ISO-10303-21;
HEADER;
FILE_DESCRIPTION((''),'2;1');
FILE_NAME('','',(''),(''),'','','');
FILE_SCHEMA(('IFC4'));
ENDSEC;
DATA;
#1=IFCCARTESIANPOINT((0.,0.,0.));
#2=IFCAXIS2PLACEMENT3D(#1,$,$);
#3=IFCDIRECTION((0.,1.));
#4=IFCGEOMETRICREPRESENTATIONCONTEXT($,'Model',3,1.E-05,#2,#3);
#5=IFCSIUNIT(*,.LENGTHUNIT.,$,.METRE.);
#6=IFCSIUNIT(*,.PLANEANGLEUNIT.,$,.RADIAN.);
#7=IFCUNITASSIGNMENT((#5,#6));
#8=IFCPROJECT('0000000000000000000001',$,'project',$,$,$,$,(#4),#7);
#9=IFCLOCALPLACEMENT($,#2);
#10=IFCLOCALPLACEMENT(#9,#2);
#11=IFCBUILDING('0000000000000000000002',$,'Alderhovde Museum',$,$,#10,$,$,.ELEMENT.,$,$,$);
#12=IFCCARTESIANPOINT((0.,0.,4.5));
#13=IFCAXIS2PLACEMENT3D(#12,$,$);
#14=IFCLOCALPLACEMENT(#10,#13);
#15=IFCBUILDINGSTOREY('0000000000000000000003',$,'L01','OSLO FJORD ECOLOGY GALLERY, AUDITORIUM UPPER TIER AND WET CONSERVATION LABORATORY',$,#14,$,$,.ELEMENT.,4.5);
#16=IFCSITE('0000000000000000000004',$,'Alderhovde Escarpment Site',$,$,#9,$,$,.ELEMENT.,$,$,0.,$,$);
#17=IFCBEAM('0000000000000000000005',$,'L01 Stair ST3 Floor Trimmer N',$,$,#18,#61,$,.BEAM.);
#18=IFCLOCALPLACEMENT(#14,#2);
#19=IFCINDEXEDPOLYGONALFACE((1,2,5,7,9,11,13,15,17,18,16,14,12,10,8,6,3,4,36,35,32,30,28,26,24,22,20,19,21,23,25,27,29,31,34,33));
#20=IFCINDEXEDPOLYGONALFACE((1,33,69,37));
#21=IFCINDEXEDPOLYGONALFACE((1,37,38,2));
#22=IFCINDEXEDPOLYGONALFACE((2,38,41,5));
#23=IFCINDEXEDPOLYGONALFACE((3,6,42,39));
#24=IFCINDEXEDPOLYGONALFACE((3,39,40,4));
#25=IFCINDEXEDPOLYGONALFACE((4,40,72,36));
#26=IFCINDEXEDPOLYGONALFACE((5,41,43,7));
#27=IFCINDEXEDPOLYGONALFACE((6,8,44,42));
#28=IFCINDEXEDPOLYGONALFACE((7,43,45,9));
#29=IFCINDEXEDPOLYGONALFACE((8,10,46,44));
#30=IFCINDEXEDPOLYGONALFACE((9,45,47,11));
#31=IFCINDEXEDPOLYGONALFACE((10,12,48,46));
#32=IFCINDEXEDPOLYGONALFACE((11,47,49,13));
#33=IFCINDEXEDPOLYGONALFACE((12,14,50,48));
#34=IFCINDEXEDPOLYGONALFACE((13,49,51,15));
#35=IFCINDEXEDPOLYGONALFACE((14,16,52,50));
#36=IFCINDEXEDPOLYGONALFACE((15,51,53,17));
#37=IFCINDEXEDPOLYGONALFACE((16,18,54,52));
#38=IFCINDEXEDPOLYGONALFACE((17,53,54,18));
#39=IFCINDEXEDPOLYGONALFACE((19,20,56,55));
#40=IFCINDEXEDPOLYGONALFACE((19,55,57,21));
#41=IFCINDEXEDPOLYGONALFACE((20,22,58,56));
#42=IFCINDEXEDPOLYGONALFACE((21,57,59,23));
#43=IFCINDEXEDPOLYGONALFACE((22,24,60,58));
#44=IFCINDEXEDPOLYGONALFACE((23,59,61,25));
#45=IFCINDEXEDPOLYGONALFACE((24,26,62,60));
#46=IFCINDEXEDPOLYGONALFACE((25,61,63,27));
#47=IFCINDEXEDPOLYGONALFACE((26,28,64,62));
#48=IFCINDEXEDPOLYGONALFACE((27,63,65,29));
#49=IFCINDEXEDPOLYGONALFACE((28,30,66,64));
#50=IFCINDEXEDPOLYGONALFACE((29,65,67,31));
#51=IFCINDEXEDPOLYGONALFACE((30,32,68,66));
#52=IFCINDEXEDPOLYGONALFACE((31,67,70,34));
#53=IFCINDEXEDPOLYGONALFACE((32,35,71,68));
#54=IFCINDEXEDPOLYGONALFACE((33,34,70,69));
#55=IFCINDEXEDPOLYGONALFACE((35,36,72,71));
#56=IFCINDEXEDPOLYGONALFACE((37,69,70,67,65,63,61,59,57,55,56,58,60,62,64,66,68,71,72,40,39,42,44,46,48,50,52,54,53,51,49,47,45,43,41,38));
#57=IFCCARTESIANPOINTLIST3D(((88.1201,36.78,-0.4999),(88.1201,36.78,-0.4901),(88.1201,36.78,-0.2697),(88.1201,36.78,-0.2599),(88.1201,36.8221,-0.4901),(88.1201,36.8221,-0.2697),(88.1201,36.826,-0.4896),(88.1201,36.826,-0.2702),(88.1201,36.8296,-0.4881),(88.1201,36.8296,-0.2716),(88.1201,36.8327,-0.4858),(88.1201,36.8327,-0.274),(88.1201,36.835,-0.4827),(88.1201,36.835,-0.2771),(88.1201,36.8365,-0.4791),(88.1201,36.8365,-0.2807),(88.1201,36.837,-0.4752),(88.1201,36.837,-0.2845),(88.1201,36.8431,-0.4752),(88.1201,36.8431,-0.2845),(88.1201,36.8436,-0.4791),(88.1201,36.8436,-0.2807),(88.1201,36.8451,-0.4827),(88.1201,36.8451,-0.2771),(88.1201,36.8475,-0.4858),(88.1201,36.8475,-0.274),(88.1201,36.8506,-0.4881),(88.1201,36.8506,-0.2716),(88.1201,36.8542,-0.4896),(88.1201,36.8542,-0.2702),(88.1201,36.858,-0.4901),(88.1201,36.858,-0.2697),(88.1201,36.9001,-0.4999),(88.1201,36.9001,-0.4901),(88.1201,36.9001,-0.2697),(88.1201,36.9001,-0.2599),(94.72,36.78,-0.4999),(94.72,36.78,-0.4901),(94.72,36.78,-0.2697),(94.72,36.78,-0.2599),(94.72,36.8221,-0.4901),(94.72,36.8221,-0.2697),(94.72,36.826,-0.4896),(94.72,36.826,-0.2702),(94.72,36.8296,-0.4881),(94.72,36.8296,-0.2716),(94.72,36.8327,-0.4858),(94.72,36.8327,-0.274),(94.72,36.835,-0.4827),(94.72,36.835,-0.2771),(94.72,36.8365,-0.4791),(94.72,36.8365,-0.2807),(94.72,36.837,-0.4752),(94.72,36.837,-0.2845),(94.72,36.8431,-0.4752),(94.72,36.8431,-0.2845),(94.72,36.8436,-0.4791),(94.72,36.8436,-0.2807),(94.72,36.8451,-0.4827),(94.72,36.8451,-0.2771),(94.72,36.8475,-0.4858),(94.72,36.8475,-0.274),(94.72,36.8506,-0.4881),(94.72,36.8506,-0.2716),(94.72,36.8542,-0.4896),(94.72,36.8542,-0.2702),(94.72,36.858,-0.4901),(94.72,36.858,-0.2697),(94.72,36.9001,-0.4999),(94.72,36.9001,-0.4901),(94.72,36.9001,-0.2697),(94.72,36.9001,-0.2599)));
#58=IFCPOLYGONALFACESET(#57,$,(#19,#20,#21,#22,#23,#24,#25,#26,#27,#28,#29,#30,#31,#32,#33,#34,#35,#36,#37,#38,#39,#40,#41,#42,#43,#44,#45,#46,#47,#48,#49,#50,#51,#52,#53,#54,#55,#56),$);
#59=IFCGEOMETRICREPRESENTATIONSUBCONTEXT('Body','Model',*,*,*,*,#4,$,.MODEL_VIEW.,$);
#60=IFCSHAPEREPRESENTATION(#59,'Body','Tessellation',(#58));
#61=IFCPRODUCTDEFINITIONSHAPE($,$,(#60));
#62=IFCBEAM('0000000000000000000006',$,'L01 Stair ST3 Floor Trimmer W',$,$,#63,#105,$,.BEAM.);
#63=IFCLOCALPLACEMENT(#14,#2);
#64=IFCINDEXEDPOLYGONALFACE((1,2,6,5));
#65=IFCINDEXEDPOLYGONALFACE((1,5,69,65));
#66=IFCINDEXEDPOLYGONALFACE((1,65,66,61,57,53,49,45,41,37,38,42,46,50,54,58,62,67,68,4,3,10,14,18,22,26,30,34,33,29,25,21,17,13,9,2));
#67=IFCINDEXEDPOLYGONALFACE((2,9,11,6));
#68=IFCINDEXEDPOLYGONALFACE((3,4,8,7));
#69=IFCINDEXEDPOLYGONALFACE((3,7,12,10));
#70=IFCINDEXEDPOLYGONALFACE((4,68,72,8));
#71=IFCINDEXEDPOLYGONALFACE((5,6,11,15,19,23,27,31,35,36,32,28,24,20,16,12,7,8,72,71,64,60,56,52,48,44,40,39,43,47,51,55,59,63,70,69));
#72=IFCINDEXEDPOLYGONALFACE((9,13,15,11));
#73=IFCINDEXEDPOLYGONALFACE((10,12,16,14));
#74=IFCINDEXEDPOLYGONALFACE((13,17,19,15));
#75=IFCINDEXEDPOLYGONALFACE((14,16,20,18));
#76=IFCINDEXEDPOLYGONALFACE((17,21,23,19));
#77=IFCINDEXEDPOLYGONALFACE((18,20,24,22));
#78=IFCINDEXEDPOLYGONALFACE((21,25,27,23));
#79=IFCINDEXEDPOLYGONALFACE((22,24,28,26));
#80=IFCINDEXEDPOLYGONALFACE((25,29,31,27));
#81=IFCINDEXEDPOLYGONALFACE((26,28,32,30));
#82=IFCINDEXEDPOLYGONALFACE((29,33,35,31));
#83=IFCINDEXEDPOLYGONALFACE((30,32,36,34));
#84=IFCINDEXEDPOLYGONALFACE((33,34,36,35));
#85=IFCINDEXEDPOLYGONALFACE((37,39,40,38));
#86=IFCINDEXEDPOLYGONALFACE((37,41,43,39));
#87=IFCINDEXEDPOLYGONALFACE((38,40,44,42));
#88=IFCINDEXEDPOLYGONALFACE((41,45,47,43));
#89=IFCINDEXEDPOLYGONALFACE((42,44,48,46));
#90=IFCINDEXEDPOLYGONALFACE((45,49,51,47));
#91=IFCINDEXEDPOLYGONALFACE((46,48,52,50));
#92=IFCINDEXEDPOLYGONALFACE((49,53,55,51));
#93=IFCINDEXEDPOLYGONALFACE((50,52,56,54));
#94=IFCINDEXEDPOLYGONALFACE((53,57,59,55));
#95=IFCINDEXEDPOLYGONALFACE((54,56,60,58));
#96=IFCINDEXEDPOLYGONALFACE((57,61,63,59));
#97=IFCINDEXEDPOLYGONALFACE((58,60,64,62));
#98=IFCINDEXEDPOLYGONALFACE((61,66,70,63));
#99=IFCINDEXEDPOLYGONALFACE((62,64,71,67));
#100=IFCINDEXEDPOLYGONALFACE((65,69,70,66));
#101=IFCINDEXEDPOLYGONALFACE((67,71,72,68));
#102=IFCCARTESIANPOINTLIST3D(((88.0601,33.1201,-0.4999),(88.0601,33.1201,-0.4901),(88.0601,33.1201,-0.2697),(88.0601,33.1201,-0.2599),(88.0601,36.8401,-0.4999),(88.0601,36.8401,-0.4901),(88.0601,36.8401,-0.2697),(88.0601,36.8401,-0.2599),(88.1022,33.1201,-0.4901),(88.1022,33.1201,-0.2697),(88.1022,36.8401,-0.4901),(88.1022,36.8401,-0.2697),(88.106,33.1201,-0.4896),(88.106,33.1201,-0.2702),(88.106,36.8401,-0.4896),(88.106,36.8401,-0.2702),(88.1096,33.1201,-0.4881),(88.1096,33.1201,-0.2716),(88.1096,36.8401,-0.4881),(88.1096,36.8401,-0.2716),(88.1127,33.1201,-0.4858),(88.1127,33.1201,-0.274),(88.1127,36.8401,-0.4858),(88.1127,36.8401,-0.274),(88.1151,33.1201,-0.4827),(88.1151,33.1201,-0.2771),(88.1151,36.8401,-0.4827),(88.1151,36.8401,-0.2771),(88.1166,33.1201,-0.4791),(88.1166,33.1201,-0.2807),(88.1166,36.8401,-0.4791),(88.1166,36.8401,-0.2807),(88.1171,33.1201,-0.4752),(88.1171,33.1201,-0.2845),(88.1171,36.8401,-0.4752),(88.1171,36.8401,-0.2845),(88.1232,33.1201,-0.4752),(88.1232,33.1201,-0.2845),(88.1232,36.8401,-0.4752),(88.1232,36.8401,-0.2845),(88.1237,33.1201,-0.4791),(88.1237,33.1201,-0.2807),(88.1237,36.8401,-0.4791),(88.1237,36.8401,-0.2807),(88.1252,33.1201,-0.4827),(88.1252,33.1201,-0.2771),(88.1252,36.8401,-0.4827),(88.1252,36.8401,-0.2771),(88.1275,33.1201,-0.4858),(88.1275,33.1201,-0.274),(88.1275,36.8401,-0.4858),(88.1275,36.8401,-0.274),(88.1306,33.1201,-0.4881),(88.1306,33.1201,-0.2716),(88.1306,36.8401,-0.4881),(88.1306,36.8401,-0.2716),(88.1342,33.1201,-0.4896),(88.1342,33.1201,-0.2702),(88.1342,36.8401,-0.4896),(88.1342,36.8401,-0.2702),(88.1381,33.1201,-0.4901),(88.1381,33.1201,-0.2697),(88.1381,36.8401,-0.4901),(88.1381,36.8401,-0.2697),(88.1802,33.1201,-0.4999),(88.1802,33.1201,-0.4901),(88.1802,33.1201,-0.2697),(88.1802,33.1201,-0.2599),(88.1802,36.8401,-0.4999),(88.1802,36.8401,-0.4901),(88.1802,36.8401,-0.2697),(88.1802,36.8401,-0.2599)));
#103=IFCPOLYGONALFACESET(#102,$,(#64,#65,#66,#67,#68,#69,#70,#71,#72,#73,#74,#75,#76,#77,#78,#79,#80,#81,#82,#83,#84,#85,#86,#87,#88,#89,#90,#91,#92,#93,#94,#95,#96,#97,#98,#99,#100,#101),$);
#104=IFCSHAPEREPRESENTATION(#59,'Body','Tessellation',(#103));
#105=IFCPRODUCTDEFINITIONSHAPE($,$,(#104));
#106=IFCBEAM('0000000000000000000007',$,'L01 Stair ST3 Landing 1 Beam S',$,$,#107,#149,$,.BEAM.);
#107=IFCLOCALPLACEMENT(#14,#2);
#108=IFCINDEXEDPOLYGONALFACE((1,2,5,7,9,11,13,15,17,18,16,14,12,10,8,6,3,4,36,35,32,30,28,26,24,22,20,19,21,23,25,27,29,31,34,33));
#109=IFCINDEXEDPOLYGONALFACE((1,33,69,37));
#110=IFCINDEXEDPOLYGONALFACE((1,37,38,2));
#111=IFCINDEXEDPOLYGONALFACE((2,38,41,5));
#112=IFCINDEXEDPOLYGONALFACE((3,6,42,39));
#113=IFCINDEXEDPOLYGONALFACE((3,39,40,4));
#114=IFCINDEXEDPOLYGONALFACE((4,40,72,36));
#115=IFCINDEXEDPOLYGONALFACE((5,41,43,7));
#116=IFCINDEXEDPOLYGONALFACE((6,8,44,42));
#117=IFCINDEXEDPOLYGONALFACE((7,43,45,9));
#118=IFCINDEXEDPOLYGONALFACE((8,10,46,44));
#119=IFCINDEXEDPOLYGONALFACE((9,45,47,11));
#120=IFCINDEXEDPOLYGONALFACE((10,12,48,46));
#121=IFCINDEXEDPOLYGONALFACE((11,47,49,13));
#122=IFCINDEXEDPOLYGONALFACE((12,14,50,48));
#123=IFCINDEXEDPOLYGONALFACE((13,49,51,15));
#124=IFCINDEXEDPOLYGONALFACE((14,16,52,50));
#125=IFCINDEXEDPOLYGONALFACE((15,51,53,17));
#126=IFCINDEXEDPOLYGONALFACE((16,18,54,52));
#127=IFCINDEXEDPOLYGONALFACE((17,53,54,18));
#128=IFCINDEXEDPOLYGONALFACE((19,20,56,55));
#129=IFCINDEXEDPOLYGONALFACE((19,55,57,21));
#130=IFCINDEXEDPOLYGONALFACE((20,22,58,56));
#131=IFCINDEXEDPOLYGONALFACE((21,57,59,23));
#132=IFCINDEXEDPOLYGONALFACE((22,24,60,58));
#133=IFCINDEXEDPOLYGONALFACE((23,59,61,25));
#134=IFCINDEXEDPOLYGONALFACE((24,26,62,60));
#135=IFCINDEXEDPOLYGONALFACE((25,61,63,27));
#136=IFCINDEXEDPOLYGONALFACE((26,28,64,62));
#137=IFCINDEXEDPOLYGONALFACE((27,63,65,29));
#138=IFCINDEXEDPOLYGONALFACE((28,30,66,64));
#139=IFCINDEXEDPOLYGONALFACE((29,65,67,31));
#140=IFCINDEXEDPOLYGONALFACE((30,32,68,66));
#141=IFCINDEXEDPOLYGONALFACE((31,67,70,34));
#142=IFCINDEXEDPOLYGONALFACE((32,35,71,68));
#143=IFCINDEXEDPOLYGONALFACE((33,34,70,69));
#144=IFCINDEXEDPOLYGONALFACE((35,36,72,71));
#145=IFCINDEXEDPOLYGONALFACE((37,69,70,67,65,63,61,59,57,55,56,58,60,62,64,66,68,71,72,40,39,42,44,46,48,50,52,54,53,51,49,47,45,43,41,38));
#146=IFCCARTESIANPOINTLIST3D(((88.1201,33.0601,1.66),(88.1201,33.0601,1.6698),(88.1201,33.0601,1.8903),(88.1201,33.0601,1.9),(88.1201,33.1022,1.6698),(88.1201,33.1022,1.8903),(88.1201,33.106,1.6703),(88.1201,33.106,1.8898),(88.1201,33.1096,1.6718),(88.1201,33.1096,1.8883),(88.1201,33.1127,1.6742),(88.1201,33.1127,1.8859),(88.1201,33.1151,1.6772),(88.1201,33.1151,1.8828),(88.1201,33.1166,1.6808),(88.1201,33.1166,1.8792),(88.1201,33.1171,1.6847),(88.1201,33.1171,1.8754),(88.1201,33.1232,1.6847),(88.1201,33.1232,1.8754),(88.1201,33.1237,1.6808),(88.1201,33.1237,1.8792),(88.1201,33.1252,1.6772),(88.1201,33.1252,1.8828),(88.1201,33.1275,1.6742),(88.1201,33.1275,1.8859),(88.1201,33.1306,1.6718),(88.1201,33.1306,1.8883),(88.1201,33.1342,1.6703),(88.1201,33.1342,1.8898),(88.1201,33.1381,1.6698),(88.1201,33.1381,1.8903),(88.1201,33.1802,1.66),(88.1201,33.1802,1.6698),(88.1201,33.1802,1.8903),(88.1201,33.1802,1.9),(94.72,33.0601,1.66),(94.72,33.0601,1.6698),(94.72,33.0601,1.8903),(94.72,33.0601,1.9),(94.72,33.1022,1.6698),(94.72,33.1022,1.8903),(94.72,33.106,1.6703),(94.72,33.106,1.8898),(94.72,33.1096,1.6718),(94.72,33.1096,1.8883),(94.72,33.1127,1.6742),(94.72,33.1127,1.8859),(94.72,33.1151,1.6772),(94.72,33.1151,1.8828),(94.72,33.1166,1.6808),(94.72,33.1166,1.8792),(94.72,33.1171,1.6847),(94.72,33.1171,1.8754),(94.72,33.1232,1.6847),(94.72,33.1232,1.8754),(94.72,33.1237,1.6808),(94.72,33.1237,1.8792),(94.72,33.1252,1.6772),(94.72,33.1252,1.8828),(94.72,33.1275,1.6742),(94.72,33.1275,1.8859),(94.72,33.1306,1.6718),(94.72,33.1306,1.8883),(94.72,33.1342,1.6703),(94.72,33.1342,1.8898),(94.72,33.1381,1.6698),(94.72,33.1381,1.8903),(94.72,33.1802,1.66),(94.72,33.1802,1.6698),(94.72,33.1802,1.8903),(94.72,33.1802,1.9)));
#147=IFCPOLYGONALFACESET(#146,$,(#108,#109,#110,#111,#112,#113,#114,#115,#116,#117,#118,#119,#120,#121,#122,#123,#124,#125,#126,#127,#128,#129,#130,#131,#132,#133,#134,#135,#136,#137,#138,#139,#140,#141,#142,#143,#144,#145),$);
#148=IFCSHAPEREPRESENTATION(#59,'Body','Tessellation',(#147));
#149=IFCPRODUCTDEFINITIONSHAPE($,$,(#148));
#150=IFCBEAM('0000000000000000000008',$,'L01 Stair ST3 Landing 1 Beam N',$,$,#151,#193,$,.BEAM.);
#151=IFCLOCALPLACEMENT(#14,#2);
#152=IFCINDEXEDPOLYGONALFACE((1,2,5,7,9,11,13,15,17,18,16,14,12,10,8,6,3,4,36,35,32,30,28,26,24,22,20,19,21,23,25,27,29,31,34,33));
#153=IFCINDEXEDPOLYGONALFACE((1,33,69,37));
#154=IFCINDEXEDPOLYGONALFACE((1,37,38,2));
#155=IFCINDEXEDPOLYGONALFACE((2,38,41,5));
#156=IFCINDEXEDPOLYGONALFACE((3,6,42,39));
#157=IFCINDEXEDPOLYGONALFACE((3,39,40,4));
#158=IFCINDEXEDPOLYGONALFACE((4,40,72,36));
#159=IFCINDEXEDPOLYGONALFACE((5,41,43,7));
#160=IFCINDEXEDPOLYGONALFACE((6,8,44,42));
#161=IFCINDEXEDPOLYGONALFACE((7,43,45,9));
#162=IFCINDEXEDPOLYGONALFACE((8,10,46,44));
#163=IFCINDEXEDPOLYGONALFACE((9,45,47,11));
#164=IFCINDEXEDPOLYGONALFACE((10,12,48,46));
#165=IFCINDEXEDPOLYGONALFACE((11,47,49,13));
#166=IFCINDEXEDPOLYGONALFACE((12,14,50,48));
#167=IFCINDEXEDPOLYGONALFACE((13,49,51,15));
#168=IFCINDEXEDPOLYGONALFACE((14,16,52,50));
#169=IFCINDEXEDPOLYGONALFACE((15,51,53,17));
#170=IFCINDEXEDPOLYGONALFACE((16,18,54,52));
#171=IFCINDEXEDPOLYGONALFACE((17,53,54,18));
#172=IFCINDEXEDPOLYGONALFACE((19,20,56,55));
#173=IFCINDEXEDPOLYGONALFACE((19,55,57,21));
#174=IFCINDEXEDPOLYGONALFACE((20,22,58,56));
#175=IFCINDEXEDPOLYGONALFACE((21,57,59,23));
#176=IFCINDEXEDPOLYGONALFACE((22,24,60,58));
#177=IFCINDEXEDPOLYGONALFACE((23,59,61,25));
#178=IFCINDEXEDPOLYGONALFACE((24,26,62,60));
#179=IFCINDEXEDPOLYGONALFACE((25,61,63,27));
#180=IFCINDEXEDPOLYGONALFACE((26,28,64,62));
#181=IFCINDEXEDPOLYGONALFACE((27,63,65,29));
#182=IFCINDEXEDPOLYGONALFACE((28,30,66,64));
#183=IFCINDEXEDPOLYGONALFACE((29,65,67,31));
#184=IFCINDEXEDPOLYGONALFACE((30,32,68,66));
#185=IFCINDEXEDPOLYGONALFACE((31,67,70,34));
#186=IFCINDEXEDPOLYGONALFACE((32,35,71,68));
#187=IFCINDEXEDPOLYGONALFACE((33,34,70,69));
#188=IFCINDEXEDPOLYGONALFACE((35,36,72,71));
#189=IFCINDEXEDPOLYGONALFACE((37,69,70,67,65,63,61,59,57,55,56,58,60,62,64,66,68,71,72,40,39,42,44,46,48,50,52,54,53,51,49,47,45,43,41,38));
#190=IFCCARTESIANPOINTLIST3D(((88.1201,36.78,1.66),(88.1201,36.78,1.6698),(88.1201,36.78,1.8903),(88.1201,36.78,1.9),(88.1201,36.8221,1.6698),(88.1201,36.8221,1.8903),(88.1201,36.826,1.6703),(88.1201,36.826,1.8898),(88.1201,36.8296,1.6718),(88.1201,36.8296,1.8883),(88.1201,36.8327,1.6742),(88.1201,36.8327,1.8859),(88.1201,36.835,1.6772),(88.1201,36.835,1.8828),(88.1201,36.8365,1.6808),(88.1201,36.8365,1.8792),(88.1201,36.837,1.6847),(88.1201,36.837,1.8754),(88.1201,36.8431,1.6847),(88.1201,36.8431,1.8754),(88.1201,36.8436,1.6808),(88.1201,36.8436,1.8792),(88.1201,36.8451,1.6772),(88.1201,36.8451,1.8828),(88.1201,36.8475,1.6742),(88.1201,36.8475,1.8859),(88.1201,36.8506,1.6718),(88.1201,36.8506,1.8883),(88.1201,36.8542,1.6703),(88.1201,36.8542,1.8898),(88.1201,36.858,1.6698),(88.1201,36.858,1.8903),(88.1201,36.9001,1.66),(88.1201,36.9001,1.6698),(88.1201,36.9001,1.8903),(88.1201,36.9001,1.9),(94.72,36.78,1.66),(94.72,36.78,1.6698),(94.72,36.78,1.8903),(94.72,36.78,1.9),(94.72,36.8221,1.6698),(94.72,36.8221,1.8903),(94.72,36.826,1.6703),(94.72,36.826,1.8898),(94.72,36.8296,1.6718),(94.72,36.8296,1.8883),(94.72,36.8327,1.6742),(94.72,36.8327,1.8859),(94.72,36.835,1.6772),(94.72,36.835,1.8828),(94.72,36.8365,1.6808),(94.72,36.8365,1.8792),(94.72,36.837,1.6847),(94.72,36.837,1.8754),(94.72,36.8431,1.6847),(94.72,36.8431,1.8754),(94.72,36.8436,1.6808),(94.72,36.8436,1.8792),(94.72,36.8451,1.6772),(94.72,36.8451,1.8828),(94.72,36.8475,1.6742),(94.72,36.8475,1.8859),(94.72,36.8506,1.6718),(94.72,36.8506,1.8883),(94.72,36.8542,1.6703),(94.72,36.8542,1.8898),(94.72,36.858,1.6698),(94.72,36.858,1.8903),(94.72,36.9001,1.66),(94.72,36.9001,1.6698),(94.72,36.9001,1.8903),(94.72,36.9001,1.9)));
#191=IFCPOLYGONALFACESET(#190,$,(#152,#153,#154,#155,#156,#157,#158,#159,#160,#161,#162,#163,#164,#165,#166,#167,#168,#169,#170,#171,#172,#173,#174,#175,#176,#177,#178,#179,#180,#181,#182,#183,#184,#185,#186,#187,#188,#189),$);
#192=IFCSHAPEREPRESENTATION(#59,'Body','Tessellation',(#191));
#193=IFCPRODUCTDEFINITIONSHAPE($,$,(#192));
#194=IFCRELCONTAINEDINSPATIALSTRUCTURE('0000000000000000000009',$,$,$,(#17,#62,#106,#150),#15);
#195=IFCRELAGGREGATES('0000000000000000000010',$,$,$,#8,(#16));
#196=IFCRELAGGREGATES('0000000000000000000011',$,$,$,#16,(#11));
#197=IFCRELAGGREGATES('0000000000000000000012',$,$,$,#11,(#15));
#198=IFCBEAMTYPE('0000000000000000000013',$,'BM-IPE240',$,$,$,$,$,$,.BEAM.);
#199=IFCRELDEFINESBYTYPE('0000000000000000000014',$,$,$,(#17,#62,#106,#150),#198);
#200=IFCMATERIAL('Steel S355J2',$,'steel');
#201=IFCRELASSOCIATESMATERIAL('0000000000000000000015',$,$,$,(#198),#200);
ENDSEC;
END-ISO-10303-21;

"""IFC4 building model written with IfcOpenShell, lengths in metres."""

from ifc_helpers import new_model, si_unit, direction, frame, origin, origin_2d, place, context, subcontext, project, spatial, i_section, extrude, material, material_profile, profile_set, type_object, element, save


model = new_model("IFC4")

# Units and contexts
model_context = context("Model", 3, precision=1e-05, world=origin(), true_north=direction((0.0, 1.0)))
body_context = subcontext(model_context, "Body", "Model", "MODEL_VIEW")
ifc_project = project(units=[si_unit("LENGTHUNIT", "METRE"), si_unit("PLANEANGLEUNIT", "RADIAN")], contexts=[model_context])

# Site, building, storey
site_placement = place(None, origin())
site = spatial("IfcSite", under=ifc_project, at=site_placement, Name="Alderhovde Escarpment Site", CompositionType="ELEMENT", RefElevation=0.0)
building_placement = place(site_placement, origin())
building = spatial("IfcBuilding", under=site, at=building_placement, Name="Alderhovde Museum", CompositionType="ELEMENT")
storey_placement = place(building_placement, frame((0.0, 0.0, 4.5)))
storey = spatial("IfcBuildingStorey", under=building, at=storey_placement, Name="L01", Description="OSLO FJORD ECOLOGY GALLERY, AUDITORIUM UPPER TIER AND WET CONSERVATION LABORATORY", CompositionType="ELEMENT", Elevation=4.5)

# Beams
ifc_material_1 = material(Name="Steel S355J2", Category="steel")
ifc_material_profile_1 = material_profile(ifc_material_1, i_section(OverallWidth=0.1201, OverallDepth=0.24, WebThickness=0.0061, FlangeThickness=0.0098, FilletRadius=0.0149, at=origin_2d()), Name="IPE 240")
ifc_profile_set_1 = profile_set([ifc_material_profile_1], Name="Steel S355J2")
beam_type_1 = type_object("IfcBeamType", Name="BM-IPE240", PredefinedType="BEAM", material=ifc_profile_set_1)
for number, where, z_axis, x_axis, name in (
    (1, (88.1201, 36.8401, -0.3799), (1.0, 0.0, 0.0), (0.0, 1.0, 0.0), "L01 Stair ST3 Floor Trimmer N"),
):
    element("IfcBeam", number, at=place(storey_placement, frame(where, z_axis=z_axis, x_axis=x_axis)), inside=storey, type_object=beam_type_1, Name=name, PredefinedType="BEAM", context=body_context, shape_type="SweptSolid", body=[
        extrude(i_section(OverallWidth=0.1201, OverallDepth=0.24, WebThickness=0.0061, FlangeThickness=0.0098, FilletRadius=0.0149, at=origin_2d()), origin(), (0.0, 0.0, 1.0), 6.5999),
    ])
beam_1_placement = place(storey_placement, frame((88.1201, 33.1201, -0.3799), z_axis=(0.0, 1.0, 0.0), x_axis=(-1.0, 0.0, 0.0)))
element("IfcBeam", 2, at=beam_1_placement, inside=storey, type_object=beam_type_1, Name="L01 Stair ST3 Floor Trimmer W", PredefinedType="BEAM", context=body_context, shape_type="SweptSolid", body=[
    extrude(i_section(OverallWidth=0.1201, OverallDepth=0.24, WebThickness=0.0061, FlangeThickness=0.0098, FilletRadius=0.0149, at=origin_2d()), origin(), (0.0, 0.0, 1.0), 3.72),
])
for number, where, z_axis, x_axis, name in (
    (3, (88.1201, 33.1201, 1.78), (1.0, 0.0, 0.0), (0.0, 1.0, 0.0), "L01 Stair ST3 Landing 1 Beam S"),
    (4, (88.1201, 36.8401, 1.78), (1.0, 0.0, 0.0), (0.0, 1.0, 0.0), "L01 Stair ST3 Landing 1 Beam N"),
):
    element("IfcBeam", number, at=place(storey_placement, frame(where, z_axis=z_axis, x_axis=x_axis)), inside=storey, type_object=beam_type_1, Name=name, PredefinedType="BEAM", context=body_context, shape_type="SweptSolid", body=[
        extrude(i_section(OverallWidth=0.1201, OverallDepth=0.24, WebThickness=0.0061, FlangeThickness=0.0098, FilletRadius=0.0149, at=origin_2d()), origin(), (0.0, 0.0, 1.0), 6.5999),
    ])

save(model, "model.ifc")
